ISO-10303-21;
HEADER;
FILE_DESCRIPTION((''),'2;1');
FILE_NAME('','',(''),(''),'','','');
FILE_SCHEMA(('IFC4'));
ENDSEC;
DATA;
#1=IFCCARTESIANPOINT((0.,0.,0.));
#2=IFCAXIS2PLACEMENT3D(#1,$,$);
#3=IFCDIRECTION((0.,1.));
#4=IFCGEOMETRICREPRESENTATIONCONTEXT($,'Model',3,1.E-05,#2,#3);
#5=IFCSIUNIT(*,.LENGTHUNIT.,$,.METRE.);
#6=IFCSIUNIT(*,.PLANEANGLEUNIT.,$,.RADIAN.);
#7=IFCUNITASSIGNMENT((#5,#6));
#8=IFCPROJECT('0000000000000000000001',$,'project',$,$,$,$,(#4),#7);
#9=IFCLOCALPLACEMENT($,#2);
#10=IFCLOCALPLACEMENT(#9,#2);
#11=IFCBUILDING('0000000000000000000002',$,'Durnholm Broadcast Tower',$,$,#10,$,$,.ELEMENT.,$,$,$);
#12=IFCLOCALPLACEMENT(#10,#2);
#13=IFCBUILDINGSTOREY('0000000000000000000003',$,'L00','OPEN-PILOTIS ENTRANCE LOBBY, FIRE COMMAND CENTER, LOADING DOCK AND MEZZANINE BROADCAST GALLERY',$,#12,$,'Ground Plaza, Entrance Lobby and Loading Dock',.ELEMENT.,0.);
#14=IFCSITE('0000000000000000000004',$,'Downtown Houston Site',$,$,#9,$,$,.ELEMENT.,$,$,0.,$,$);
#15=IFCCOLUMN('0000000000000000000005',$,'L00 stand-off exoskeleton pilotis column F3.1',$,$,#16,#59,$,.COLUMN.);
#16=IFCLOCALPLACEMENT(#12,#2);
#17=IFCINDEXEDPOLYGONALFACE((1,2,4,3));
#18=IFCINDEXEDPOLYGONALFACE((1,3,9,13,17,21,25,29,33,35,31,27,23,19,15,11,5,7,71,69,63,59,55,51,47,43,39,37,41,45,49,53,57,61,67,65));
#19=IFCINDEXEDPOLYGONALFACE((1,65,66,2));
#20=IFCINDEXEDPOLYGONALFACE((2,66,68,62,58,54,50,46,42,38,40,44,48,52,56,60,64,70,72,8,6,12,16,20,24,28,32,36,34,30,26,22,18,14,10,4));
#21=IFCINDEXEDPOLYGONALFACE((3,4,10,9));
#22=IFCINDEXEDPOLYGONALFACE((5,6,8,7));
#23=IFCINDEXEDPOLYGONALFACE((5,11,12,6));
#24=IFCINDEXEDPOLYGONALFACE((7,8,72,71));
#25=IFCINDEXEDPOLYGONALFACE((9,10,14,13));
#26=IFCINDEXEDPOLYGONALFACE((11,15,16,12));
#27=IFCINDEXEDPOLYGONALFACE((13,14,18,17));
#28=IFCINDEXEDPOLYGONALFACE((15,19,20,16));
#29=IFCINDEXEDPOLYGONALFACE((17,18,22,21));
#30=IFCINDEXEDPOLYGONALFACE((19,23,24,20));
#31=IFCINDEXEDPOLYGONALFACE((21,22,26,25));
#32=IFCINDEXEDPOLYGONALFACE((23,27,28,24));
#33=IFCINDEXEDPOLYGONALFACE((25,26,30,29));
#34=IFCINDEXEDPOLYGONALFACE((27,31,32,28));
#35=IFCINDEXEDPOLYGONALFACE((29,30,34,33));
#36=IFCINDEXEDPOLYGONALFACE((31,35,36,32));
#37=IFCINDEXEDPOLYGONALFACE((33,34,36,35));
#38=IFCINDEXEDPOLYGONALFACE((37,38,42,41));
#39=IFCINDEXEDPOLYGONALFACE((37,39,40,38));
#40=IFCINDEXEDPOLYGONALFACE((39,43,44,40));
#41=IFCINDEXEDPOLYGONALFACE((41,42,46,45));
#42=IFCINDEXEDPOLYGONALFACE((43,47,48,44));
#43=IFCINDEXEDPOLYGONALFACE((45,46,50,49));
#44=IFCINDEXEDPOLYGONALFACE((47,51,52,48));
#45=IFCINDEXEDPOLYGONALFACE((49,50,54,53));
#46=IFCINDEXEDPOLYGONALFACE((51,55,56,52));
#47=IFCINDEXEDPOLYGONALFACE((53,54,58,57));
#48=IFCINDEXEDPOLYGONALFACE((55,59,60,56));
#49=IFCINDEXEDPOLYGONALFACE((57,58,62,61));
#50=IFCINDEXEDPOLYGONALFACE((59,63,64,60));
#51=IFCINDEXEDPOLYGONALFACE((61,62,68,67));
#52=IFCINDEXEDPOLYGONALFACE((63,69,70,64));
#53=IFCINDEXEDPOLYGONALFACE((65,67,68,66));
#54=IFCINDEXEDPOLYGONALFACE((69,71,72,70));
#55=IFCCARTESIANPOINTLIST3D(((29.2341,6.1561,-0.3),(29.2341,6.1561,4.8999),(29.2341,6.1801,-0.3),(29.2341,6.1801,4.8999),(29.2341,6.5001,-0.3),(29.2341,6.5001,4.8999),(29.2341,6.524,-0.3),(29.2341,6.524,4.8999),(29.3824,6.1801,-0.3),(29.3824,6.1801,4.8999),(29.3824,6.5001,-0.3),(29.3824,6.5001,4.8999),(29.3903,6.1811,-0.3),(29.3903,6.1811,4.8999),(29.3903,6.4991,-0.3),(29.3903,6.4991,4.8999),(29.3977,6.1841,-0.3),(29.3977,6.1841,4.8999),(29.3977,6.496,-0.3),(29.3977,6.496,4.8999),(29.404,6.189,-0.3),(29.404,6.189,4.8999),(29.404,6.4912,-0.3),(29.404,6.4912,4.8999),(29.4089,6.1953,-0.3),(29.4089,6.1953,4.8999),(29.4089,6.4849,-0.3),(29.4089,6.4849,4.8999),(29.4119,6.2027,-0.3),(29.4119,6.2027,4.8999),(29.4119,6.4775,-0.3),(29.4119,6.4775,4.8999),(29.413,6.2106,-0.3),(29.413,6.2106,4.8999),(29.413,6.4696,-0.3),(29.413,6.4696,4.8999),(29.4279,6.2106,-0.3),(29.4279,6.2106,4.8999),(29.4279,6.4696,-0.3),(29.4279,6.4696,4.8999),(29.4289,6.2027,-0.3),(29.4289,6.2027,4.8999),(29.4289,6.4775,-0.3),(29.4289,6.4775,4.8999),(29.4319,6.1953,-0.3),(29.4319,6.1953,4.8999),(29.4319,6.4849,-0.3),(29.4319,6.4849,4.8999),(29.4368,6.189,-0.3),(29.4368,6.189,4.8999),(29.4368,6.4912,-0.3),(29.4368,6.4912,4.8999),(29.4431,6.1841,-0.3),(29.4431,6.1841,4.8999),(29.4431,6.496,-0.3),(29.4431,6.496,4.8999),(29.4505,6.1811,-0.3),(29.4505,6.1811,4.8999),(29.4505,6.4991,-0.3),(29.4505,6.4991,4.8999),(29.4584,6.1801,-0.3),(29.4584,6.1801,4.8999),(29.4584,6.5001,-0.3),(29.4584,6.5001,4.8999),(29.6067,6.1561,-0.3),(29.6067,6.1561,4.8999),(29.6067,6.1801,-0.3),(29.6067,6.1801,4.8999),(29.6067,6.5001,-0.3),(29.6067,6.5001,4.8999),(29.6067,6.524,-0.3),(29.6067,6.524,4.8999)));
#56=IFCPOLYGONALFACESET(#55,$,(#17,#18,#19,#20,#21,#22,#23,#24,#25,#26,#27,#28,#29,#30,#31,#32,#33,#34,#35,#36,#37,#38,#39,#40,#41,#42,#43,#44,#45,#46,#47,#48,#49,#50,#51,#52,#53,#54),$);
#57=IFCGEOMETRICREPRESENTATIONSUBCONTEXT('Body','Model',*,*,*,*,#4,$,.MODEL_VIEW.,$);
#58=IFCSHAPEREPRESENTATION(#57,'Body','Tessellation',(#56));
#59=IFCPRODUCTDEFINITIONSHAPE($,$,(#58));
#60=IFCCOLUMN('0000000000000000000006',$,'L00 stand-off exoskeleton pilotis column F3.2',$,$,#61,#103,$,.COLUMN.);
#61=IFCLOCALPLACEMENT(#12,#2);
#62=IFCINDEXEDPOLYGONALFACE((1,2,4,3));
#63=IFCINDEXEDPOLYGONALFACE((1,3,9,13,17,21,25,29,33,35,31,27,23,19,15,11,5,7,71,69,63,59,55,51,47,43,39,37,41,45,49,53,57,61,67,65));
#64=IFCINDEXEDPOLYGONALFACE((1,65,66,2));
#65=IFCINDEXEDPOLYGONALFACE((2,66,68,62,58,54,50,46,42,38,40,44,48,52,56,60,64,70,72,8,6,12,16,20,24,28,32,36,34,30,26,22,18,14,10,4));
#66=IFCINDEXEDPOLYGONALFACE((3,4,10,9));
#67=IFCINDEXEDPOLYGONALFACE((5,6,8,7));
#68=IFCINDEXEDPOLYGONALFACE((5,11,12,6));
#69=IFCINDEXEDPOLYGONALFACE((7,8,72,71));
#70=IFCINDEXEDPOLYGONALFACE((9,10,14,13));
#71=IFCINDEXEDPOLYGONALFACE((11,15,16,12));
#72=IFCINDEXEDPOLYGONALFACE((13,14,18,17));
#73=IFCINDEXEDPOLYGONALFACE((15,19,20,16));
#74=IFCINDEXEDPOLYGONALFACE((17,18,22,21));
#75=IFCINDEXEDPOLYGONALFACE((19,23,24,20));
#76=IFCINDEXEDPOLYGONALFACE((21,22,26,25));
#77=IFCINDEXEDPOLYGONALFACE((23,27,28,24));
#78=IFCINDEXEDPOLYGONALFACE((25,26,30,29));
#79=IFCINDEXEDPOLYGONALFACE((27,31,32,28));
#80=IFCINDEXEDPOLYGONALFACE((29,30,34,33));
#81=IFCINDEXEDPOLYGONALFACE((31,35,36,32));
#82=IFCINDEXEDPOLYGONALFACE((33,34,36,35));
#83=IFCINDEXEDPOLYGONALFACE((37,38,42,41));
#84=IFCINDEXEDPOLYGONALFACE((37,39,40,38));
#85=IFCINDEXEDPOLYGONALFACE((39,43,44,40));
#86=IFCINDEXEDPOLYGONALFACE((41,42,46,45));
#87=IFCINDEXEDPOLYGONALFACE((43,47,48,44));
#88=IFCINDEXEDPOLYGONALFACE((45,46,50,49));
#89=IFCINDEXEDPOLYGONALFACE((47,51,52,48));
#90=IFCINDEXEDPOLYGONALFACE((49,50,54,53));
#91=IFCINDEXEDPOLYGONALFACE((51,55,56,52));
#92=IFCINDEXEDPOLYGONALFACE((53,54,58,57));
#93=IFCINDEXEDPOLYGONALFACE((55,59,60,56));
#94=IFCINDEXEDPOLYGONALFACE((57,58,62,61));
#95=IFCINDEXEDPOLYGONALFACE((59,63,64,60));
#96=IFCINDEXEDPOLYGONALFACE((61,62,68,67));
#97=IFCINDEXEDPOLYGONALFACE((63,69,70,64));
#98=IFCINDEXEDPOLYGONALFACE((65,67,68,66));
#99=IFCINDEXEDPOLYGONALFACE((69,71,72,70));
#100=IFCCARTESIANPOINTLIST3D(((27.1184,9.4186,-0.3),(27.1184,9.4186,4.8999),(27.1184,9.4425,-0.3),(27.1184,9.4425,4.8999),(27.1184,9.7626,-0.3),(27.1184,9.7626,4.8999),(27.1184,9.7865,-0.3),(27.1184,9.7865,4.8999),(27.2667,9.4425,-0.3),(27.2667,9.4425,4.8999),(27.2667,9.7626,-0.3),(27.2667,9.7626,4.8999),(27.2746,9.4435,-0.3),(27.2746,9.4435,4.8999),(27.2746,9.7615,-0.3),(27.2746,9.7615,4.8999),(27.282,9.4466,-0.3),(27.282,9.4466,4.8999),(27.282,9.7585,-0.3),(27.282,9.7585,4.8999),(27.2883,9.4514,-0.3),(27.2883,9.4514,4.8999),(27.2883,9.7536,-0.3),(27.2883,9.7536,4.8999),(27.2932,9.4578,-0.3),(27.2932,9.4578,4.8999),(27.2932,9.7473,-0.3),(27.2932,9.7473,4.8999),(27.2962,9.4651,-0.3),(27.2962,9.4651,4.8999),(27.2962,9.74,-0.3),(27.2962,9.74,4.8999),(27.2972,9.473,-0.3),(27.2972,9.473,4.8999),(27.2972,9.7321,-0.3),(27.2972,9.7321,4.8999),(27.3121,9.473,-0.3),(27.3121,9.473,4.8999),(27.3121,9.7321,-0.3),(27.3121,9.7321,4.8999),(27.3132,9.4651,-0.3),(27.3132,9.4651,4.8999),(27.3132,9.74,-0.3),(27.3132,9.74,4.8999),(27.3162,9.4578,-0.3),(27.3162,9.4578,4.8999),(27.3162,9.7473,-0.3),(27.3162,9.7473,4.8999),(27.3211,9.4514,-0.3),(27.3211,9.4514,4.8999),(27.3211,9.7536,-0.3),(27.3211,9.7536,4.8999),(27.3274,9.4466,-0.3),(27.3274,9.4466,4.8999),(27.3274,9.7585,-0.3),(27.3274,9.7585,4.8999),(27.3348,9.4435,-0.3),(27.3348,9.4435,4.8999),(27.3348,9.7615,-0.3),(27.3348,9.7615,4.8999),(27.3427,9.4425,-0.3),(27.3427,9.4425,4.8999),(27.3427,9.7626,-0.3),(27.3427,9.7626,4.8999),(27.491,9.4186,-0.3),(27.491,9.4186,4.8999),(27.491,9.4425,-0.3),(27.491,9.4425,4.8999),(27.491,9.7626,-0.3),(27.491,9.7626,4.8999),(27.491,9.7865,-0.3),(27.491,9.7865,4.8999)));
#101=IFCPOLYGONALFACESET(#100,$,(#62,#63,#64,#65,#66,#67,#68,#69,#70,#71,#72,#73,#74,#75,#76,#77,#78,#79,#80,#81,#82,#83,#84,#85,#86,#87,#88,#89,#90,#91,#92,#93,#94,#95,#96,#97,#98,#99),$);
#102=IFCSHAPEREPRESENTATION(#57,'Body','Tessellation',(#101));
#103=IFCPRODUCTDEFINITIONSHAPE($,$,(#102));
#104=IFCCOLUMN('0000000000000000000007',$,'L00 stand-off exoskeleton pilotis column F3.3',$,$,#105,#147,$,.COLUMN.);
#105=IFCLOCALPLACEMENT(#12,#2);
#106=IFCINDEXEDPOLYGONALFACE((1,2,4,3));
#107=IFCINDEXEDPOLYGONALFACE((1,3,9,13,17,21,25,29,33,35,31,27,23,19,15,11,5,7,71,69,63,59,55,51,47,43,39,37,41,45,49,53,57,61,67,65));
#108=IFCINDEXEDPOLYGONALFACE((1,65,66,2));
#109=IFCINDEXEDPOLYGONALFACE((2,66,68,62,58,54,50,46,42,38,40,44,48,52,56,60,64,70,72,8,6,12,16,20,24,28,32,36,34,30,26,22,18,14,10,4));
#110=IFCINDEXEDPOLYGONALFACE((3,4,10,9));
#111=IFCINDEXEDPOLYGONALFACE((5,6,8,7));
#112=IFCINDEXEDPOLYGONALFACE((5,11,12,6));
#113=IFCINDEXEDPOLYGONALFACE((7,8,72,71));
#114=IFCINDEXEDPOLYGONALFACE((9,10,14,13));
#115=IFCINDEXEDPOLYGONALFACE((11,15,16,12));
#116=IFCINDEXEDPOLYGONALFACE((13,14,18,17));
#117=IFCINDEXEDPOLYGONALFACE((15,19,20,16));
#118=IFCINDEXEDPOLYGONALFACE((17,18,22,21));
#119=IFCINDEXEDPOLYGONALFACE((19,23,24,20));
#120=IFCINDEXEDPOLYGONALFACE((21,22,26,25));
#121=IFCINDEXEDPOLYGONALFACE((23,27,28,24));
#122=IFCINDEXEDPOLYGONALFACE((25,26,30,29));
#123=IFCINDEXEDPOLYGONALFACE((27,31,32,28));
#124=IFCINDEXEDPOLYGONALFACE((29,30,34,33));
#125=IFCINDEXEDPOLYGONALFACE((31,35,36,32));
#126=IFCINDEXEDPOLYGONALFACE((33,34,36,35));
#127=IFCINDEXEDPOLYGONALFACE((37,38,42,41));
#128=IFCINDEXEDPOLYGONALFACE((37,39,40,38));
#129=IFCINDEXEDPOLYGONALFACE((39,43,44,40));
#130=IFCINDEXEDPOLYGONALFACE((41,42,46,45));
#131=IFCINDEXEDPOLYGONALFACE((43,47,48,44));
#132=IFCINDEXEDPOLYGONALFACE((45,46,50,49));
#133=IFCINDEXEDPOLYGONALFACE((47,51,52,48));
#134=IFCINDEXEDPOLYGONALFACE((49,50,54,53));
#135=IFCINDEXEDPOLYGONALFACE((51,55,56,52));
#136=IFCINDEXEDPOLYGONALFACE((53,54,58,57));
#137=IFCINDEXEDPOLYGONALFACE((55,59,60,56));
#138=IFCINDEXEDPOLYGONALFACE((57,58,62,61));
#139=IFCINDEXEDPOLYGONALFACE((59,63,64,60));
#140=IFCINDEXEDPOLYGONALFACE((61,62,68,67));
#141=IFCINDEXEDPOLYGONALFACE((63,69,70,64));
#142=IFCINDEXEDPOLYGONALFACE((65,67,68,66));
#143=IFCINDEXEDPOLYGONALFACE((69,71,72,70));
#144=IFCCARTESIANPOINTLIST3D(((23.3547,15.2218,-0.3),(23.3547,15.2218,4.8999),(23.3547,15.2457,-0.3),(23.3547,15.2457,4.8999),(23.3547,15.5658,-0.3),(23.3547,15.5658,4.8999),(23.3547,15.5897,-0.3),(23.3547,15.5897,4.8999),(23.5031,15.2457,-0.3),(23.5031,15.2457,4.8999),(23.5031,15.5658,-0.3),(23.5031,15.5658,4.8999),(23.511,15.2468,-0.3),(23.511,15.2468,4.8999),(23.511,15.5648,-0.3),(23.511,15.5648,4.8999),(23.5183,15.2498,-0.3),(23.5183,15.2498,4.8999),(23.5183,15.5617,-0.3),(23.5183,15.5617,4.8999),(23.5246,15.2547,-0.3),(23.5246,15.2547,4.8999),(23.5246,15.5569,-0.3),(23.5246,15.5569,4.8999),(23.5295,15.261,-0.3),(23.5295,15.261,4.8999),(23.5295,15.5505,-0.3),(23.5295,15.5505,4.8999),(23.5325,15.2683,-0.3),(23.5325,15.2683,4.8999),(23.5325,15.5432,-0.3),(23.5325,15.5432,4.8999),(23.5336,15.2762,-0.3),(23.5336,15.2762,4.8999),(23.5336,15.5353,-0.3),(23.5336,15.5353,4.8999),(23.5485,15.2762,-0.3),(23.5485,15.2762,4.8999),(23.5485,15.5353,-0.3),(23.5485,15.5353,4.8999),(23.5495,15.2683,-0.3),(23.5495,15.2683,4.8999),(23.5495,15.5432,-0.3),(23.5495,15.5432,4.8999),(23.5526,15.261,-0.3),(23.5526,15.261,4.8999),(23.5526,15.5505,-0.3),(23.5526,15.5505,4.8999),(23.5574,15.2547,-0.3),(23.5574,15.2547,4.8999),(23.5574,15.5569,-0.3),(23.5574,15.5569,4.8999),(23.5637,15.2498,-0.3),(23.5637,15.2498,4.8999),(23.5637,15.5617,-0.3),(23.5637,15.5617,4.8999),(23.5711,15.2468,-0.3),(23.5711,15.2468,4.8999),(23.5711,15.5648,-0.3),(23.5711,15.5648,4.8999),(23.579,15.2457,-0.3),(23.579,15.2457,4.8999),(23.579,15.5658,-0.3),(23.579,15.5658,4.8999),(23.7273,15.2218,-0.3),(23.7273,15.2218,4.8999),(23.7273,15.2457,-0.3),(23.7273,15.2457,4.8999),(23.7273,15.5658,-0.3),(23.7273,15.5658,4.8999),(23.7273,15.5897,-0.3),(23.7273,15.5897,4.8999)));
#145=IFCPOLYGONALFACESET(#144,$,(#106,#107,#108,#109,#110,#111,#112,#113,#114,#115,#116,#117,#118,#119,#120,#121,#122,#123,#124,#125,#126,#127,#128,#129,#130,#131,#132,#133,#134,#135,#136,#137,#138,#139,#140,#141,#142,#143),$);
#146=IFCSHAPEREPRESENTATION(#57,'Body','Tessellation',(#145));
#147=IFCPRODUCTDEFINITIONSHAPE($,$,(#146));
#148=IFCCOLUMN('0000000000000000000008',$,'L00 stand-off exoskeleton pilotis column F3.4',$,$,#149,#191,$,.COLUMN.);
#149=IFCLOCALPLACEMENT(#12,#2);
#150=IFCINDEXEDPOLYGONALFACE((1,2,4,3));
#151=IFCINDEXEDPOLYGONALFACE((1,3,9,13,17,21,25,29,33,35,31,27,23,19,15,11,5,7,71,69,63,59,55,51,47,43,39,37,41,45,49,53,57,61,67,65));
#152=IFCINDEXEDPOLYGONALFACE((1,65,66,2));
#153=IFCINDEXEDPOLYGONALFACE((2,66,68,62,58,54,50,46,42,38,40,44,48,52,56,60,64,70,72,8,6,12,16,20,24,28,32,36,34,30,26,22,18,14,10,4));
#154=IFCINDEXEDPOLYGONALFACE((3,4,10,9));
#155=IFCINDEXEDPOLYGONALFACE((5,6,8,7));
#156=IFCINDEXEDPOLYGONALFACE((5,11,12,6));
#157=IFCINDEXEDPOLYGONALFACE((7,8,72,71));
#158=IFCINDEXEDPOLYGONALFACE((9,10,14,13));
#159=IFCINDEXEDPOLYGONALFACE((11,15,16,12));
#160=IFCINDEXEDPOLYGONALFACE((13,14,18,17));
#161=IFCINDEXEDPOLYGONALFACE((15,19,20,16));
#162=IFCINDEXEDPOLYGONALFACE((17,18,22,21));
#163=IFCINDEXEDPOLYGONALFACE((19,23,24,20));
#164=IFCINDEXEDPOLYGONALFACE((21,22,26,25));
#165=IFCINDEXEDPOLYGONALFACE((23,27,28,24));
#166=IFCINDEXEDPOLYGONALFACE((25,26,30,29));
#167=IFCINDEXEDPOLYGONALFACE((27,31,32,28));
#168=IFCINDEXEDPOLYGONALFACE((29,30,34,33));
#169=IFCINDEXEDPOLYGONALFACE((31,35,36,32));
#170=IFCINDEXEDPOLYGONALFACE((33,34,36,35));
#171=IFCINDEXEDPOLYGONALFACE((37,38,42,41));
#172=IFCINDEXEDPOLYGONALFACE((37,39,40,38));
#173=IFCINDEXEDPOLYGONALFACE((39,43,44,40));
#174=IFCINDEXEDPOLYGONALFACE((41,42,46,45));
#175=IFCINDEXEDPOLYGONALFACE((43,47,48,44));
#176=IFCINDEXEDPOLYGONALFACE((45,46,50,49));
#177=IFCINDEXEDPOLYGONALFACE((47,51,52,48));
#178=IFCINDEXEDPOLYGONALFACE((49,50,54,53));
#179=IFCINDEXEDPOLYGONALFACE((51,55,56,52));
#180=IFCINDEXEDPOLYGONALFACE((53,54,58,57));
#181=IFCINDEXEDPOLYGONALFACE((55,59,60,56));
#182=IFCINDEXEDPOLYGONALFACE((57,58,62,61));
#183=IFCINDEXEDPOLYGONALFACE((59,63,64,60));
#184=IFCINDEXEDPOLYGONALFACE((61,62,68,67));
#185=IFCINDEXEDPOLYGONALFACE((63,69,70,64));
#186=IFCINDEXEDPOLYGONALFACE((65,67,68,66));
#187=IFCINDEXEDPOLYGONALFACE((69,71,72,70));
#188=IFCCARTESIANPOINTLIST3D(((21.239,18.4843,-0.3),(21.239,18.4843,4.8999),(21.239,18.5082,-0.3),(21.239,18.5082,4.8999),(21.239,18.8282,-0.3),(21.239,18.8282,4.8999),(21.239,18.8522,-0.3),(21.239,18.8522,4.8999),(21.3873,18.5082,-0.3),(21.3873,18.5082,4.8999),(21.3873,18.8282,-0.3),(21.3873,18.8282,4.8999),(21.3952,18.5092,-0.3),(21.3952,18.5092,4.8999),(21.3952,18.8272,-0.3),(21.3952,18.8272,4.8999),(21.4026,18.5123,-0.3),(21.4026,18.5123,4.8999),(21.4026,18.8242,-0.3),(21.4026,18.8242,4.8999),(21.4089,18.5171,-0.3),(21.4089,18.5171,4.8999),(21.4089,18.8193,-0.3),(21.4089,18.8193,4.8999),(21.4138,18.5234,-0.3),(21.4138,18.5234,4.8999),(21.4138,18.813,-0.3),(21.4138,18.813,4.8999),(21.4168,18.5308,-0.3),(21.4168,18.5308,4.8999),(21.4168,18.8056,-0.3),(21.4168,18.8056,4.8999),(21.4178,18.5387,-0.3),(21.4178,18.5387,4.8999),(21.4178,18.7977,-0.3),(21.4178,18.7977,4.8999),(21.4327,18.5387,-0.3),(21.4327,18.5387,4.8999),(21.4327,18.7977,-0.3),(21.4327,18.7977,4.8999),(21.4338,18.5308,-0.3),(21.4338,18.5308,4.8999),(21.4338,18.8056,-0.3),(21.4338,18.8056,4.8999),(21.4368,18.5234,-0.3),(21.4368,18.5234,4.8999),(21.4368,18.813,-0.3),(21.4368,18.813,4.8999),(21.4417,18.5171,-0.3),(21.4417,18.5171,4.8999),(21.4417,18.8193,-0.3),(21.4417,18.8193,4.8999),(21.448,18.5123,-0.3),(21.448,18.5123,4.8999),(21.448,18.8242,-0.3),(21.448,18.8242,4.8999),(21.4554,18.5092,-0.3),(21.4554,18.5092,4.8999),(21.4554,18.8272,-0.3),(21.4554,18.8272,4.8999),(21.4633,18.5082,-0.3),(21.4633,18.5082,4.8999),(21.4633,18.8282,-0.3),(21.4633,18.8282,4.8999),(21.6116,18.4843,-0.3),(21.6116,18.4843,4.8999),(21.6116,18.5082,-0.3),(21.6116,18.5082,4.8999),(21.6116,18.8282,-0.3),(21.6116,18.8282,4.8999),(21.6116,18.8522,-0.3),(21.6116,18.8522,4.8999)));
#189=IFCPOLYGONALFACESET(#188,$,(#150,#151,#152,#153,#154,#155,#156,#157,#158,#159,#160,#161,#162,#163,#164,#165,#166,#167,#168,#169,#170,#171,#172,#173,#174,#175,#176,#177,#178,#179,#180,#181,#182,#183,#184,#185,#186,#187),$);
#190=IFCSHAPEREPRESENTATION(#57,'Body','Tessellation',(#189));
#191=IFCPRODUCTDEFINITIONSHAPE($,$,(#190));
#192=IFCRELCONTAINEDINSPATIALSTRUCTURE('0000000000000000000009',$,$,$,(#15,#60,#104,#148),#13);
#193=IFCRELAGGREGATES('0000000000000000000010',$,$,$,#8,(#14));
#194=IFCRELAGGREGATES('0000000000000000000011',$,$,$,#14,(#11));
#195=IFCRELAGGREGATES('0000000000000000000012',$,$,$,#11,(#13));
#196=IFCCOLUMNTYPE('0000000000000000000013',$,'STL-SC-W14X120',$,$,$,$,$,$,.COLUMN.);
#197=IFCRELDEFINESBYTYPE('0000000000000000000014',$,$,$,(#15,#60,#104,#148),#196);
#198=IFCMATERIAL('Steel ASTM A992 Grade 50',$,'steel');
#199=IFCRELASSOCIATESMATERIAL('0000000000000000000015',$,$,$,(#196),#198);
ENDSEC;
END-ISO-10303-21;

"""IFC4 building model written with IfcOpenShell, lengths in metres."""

from ifc_helpers import new_model, si_unit, direction, frame, origin, origin_2d, place, context, subcontext, project, spatial, i_section, extrude, source, transform, mapped, material, material_profile, profile_set, type_object, type_shapes, element, save


model = new_model("IFC4")

# Units and contexts
model_context = context("Model", 3, precision=1e-05, world=origin(), true_north=direction((0.0, 1.0)))
body_context = subcontext(model_context, "Body", "Model", "MODEL_VIEW")
ifc_project = project(units=[si_unit("LENGTHUNIT", "METRE"), si_unit("PLANEANGLEUNIT", "RADIAN")], contexts=[model_context])

# Site, building, storey
site_placement = place(None, origin())
site = spatial("IfcSite", under=ifc_project, at=site_placement, Name="Downtown Houston Site", CompositionType="ELEMENT", RefElevation=0.0)
building_placement = place(site_placement, origin())
building = spatial("IfcBuilding", under=site, at=building_placement, Name="Durnholm Broadcast Tower", CompositionType="ELEMENT")
storey_placement = place(building_placement, origin())
storey = spatial("IfcBuildingStorey", under=building, at=storey_placement, Name="L00", Description="OPEN-PILOTIS ENTRANCE LOBBY, FIRE COMMAND CENTER, LOADING DOCK AND MEZZANINE BROADCAST GALLERY", LongName="Ground Plaza, Entrance Lobby and Loading Dock", CompositionType="ELEMENT", Elevation=0.0)

# Columns
ifc_material_1 = material(Name="Steel ASTM A992 Grade 50", Category="steel")
ifc_material_profile_1 = material_profile(ifc_material_1, i_section(OverallWidth=0.3726, OverallDepth=0.3679, WebThickness=0.0149, FlangeThickness=0.0239, FilletRadius=0.0305, at=origin_2d()), Name="W14X120")
ifc_profile_set_1 = profile_set([ifc_material_profile_1], Name="Steel ASTM A992 Grade 50")
column_type_1 = type_object("IfcColumnType", Name="STL-SC-W14X120", PredefinedType="COLUMN", material=ifc_profile_set_1)
shared_shape_1 = source(origin(), body_context, "Body", "SweptSolid", [
    extrude(i_section(OverallWidth=0.3726, OverallDepth=0.3679, WebThickness=0.0149, FlangeThickness=0.0239, FilletRadius=0.0305, at=origin_2d()), origin(), (0.0, 0.0, 1.0), 5.2),
])
type_shapes(column_type_1, [shared_shape_1])
for number, where, z_axis, x_axis, name in (
    (1, (29.4204, 6.3401, -0.3), (0.0, 0.0, 1.0), (1.0, 0.0, 0.0), "L00 stand-off exoskeleton pilotis column F3.1"),
    (2, (27.3047, 9.6025, -0.3), (0.0, 0.0, 1.0), (1.0, 0.0, 0.0), "L00 stand-off exoskeleton pilotis column F3.2"),
    (3, (23.541, 15.4058, -0.3), (0.0, 0.0, 1.0), (1.0, 0.0, 0.0), "L00 stand-off exoskeleton pilotis column F3.3"),
    (4, (21.4253, 18.6682, -0.3), (0.0, 0.0, 1.0), (1.0, 0.0, 0.0), "L00 stand-off exoskeleton pilotis column F3.4"),
):
    element("IfcColumn", number, at=place(storey_placement, frame(where, z_axis=z_axis, x_axis=x_axis)), inside=storey, type_object=column_type_1, Name=name, PredefinedType="COLUMN", context=body_context, shape_type="MappedRepresentation", body=[
        mapped(shared_shape_1, transform((0.0, 0.0, 0.0), x_axis=(1.0, 0.0, 0.0), y_axis=(0.0, 1.0, 0.0), z_axis=(0.0, 0.0, 1.0), scale=1.0)),
    ])

save(model, "model.ifc")
